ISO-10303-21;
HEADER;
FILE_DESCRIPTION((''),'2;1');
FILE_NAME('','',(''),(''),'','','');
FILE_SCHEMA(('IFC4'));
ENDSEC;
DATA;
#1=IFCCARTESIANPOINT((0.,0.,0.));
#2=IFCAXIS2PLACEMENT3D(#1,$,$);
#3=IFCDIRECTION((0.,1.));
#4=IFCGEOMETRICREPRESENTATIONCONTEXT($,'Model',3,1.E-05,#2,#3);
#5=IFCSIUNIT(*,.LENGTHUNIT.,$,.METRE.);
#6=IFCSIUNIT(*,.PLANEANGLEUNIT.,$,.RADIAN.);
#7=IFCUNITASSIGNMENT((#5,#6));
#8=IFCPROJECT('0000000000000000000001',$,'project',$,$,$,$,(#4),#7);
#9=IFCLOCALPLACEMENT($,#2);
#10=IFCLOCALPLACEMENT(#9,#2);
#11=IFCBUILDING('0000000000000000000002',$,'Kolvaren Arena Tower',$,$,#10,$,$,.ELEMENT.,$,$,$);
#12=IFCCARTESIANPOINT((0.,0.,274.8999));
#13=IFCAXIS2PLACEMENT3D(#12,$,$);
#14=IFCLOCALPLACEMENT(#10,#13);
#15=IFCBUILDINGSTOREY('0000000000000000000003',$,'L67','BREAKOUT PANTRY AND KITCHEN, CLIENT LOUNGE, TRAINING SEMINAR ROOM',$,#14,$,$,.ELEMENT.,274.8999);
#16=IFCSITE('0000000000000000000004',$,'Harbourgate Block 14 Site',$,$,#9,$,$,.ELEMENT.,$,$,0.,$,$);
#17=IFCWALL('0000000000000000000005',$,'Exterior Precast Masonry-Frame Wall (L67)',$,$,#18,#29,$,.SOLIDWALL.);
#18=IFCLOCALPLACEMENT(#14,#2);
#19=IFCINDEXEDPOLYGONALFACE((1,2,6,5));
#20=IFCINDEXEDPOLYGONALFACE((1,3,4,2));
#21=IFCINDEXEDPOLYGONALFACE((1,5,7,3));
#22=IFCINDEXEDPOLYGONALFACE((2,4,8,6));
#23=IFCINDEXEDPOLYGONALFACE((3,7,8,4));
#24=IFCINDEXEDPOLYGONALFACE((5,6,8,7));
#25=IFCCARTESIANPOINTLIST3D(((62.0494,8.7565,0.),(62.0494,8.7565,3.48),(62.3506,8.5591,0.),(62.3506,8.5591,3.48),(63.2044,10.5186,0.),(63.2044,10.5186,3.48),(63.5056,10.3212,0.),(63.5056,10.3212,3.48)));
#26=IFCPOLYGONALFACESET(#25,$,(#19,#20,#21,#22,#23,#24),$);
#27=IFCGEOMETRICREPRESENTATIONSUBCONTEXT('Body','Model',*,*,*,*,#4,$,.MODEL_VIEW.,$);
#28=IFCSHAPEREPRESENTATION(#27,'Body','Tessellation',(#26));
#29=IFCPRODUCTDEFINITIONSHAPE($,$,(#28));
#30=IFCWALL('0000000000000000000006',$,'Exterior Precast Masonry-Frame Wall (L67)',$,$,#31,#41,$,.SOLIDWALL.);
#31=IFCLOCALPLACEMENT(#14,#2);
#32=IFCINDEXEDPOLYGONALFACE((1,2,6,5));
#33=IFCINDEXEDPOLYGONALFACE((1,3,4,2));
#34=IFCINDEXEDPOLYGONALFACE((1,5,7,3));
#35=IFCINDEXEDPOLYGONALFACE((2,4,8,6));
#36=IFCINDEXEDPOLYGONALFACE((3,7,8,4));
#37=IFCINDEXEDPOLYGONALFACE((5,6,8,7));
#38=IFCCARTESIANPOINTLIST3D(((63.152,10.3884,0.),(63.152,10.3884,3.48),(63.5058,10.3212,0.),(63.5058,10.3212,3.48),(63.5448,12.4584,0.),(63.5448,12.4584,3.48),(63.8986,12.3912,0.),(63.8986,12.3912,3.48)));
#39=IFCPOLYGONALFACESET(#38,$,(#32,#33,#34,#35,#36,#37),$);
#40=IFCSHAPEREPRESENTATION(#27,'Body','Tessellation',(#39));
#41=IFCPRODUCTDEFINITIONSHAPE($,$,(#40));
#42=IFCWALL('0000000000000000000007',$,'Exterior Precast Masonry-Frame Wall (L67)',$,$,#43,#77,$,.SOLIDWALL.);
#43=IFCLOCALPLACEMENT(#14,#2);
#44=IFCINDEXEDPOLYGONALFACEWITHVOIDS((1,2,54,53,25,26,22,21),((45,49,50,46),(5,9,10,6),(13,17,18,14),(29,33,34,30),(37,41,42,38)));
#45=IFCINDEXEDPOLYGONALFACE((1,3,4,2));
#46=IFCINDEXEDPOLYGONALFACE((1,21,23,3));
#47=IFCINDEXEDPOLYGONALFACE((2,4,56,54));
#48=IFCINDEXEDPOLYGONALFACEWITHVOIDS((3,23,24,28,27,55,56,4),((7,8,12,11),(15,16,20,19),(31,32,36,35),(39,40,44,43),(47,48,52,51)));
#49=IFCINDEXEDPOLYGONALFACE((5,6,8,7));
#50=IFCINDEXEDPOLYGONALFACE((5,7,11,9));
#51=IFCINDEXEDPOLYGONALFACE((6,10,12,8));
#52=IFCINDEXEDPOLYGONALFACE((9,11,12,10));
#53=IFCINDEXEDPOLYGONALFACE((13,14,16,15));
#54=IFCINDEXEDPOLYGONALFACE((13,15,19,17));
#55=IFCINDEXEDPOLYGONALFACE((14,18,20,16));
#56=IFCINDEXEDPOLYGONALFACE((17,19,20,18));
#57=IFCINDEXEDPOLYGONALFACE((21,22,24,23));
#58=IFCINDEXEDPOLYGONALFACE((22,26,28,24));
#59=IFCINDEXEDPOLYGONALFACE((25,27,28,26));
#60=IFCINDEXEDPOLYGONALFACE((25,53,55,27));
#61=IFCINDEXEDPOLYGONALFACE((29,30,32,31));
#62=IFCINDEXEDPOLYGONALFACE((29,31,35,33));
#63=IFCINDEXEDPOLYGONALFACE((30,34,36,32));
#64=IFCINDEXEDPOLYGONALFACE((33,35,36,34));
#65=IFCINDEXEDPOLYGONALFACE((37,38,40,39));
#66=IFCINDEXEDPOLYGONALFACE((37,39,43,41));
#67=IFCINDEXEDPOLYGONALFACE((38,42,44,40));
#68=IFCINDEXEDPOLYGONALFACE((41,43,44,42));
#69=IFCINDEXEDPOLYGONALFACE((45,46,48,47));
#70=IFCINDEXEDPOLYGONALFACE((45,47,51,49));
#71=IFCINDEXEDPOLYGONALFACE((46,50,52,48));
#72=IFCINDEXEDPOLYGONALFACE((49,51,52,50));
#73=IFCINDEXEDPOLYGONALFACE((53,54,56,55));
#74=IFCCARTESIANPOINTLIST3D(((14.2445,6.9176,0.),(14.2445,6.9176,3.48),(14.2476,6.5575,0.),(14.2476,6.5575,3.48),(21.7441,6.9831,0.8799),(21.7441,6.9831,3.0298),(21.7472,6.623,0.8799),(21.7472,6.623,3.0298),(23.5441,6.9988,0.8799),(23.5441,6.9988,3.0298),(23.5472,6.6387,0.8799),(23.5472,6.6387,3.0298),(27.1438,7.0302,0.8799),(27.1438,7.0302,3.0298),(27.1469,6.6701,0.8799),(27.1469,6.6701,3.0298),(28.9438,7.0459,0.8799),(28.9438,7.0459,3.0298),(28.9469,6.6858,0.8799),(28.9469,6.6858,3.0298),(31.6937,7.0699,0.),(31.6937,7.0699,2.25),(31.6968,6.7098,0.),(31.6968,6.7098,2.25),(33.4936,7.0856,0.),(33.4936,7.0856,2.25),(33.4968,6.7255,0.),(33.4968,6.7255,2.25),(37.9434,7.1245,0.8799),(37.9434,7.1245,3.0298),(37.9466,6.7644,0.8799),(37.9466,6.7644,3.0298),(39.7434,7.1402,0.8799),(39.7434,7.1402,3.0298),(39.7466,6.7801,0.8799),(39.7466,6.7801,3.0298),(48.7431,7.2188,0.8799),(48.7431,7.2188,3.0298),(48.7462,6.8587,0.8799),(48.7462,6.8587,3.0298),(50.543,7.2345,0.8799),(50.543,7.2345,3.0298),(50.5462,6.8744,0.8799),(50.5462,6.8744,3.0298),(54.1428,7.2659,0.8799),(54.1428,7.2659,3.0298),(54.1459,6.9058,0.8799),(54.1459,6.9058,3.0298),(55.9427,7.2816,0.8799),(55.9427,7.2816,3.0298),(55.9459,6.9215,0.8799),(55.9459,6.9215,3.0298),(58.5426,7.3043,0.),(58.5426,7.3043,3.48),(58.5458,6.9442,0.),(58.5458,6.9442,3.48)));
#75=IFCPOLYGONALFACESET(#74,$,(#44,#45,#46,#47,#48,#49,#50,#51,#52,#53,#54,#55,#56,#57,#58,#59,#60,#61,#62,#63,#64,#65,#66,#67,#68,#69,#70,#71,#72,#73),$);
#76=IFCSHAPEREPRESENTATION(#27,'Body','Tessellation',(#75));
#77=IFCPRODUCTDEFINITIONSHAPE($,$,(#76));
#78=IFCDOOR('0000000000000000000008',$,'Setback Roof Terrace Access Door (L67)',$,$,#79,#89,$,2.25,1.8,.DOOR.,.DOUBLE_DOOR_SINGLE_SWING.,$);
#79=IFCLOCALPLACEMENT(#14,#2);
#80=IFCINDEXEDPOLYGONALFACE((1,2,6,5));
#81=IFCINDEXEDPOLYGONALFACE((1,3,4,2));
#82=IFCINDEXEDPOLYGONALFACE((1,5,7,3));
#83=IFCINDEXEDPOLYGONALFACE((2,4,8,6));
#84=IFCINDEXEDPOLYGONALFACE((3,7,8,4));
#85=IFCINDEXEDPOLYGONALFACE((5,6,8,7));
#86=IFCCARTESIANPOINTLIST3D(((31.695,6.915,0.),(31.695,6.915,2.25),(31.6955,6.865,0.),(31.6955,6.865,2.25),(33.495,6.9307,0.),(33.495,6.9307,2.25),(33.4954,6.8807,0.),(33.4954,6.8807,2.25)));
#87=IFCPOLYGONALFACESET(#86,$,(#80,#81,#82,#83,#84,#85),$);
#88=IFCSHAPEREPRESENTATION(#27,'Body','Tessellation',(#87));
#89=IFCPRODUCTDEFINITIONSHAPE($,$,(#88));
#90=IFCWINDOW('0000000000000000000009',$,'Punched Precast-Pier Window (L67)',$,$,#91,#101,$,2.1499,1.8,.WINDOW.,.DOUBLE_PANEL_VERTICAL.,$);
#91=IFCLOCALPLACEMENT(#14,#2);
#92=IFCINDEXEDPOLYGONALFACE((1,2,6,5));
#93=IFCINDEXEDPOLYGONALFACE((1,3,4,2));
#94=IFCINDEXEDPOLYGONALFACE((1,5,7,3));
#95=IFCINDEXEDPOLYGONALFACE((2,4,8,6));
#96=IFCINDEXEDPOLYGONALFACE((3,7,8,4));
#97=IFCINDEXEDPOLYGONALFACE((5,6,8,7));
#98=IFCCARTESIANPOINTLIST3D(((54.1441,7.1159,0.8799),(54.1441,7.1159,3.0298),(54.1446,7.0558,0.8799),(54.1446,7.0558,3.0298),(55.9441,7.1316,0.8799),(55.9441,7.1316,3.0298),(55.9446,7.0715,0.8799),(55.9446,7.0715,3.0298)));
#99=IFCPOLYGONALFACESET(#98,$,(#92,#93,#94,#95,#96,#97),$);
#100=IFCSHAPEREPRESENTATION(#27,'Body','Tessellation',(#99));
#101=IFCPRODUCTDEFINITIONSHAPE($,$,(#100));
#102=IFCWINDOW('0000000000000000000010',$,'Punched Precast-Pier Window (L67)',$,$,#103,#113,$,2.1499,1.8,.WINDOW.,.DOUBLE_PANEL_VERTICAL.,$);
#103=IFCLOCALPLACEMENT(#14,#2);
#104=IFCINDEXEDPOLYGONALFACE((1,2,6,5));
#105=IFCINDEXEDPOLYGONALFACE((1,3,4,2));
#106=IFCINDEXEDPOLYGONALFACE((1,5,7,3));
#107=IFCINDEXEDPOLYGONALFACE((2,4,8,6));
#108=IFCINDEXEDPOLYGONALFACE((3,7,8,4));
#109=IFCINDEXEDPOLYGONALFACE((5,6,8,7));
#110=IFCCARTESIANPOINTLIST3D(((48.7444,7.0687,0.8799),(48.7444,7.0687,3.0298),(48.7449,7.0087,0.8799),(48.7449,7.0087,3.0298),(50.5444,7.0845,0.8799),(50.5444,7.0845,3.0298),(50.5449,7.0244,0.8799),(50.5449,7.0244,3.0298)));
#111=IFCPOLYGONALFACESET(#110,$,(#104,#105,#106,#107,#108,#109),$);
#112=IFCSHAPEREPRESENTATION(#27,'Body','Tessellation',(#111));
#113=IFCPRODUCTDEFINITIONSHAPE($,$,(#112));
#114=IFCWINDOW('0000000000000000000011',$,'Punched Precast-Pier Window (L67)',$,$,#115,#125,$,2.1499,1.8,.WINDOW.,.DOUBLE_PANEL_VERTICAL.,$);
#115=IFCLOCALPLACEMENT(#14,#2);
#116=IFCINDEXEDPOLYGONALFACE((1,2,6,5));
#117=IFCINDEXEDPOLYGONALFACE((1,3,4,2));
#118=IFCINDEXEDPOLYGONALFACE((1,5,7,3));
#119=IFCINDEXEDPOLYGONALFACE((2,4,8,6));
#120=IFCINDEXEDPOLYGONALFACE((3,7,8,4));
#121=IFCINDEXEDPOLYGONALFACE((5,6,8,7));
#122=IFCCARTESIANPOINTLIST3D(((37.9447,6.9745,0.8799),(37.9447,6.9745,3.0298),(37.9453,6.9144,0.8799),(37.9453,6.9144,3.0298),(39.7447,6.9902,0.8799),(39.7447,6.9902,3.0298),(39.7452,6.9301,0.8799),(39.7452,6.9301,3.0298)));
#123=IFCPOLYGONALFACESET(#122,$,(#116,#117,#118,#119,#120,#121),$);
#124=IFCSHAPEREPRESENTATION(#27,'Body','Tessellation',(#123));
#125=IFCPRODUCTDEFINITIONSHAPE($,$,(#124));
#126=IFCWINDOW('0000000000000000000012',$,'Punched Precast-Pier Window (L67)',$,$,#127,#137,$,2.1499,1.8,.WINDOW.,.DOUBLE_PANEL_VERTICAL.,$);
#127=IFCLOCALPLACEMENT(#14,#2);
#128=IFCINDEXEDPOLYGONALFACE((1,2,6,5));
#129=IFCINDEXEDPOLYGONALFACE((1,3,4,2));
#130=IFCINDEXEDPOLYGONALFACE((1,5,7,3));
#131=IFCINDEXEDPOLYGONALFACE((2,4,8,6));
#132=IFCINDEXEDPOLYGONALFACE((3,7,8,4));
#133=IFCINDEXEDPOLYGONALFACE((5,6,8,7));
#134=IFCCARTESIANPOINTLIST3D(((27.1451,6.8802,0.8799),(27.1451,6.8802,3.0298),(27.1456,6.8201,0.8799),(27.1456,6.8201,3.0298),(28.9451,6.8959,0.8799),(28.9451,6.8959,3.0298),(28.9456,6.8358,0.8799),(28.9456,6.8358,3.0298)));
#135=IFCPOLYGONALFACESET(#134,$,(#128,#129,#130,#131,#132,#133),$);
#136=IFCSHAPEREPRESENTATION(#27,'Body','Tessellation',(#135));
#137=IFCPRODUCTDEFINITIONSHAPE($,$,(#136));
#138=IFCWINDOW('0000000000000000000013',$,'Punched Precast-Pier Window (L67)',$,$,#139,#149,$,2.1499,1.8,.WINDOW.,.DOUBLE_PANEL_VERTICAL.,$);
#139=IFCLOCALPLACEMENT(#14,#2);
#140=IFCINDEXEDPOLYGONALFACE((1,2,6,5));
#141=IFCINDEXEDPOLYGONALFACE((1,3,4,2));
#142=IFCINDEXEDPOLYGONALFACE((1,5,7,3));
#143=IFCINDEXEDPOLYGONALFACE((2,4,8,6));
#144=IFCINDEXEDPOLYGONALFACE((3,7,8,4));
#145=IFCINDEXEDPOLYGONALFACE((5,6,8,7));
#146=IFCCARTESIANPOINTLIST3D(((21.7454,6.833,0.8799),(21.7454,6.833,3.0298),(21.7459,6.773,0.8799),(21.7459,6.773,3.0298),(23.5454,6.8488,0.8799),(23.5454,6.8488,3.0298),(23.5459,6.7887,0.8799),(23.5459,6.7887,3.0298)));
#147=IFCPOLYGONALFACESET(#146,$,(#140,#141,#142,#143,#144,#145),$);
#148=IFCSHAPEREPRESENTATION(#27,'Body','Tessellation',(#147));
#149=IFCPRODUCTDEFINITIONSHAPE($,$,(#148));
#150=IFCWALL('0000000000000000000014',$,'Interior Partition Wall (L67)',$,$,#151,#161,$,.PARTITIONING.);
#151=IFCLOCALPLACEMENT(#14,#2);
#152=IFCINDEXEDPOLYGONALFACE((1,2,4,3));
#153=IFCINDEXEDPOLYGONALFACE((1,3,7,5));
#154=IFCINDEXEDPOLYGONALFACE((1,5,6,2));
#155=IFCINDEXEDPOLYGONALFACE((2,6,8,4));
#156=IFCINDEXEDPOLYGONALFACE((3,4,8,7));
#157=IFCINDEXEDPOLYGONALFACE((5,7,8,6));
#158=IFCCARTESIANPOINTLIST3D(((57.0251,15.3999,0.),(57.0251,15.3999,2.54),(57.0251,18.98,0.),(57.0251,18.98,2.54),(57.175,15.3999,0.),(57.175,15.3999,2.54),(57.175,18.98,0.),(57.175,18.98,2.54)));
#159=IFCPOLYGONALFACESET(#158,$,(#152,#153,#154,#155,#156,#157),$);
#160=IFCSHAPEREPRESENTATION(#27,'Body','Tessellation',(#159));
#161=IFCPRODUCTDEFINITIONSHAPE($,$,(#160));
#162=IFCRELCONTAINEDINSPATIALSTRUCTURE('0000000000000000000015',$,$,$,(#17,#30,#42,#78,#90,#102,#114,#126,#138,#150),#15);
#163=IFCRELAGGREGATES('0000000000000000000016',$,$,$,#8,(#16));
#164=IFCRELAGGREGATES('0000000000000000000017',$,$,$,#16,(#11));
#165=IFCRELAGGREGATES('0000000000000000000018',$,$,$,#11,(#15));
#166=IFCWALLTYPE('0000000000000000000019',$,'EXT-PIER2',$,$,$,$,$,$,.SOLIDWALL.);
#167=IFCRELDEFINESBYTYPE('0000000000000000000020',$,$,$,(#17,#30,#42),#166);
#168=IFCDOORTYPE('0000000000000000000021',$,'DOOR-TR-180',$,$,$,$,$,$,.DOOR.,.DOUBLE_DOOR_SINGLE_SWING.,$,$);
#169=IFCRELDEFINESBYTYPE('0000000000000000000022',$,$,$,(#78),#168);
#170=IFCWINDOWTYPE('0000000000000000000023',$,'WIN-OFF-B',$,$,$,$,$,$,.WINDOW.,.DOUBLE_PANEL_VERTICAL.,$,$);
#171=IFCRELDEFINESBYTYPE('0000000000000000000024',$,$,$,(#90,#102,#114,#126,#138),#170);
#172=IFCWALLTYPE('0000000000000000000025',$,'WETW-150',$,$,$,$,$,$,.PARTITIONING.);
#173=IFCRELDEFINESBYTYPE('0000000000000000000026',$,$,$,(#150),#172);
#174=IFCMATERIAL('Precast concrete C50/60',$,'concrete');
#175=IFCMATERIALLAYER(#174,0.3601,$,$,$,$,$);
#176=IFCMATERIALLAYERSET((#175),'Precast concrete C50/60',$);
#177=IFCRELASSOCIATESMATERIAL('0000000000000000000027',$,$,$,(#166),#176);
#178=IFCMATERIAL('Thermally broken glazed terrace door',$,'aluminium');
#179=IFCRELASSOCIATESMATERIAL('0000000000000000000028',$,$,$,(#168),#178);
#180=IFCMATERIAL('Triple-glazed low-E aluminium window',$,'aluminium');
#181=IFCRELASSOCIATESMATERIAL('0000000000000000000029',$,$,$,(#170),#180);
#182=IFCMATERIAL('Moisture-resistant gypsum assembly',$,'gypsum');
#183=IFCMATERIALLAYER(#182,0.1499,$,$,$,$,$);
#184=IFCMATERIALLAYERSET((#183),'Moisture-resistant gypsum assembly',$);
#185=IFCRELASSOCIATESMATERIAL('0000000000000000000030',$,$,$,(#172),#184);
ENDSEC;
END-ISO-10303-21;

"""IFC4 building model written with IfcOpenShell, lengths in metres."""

from ifc_helpers import new_model, si_unit, direction, frame, frame_2d, origin, place, context, subcontext, project, spatial, rectangle, extrude, material, layer, layer_set, type_object, element, fill, save


model = new_model("IFC4")

# Units and contexts
model_context = context("Model", 3, precision=1e-05, world=origin(), true_north=direction((0.0, 1.0)))
body_context = subcontext(model_context, "Body", "Model", "MODEL_VIEW")
ifc_project = project(units=[si_unit("LENGTHUNIT", "METRE"), si_unit("PLANEANGLEUNIT", "RADIAN")], contexts=[model_context])

# Site, building, storey
site_placement = place(None, origin())
site = spatial("IfcSite", under=ifc_project, at=site_placement, Name="Harbourgate Block 14 Site", CompositionType="ELEMENT", RefElevation=0.0)
building_placement = place(site_placement, origin())
building = spatial("IfcBuilding", under=site, at=building_placement, Name="Kolvaren Arena Tower", CompositionType="ELEMENT")
storey_placement = place(building_placement, frame((0.0, 0.0, 274.8999)))
storey = spatial("IfcBuildingStorey", under=building, at=storey_placement, Name="L67", Description="BREAKOUT PANTRY AND KITCHEN, CLIENT LOUNGE, TRAINING SEMINAR ROOM", CompositionType="ELEMENT", Elevation=274.8999)

# Shared definitions
ifc_material_1 = material(Name="Precast concrete C50/60", Category="concrete")

# Walls
ifc_layer_1 = layer(ifc_material_1, 0.3601)
ifc_layer_set_1 = layer_set([ifc_layer_1], Name="Precast concrete C50/60")
wall_type_1 = type_object("IfcWallType", Name="EXT-PIER2", PredefinedType="SOLIDWALL", material=ifc_layer_set_1)
for number, where, z_axis, x_axis, name in (
    (1, (63.355, 10.4199, 0.0), (0.0, 0.0, 1.0), (-0.548186, -0.836357, 0.0), "Exterior Precast Masonry-Frame Wall (L67)"),
    (2, (63.7217, 12.4248, 0.0), (0.0, 0.0, 1.0), (-0.186436, -0.982467, 0.0), "Exterior Precast Masonry-Frame Wall (L67)"),
):
    element("IfcWall", number, at=place(storey_placement, frame(where, z_axis=z_axis, x_axis=x_axis)), inside=storey, type_object=wall_type_1, Name=name, PredefinedType="SOLIDWALL", context=body_context, shape_type="SweptSolid", body=[
        extrude(rectangle(XDim=2.1069, YDim=0.3601, at=frame_2d((1.0535, 0.0))), origin(), (0.0, 0.0, 1.0), 3.48),
    ])

# Wall, openings, door, windows
wall_1_placement = place(storey_placement, frame((58.5442, 7.1243, 0.0), z_axis=(0.0, 0.0, 1.0), x_axis=(-0.999962, -0.00873, 0.0)))
wall_1 = element("IfcWall", 3, at=wall_1_placement, inside=storey, type_object=wall_type_1, Name="Exterior Precast Masonry-Frame Wall (L67)", PredefinedType="SOLIDWALL", context=body_context, shape_type="SweptSolid", body=[
    extrude(rectangle(XDim=44.2998, YDim=0.3601, at=frame_2d((22.1499, 0.0))), origin(), (0.0, 0.0, 1.0), 3.48),
])
opening_1_placement = place(wall_1_placement, frame((25.05, 0.0, 0.0)))
opening_1 = element("IfcOpeningElement", 4, at=opening_1_placement, cuts=wall_1, PredefinedType="OPENING", context=body_context, shape_type="SweptSolid", body=[
    extrude(rectangle(XDim=1.8, YDim=2.25, at=frame_2d((0.8999, 1.125))), frame((0.0, 0.1899, 0.0), z_axis=(0.0, -1.0, 0.0), x_axis=(1.0, 0.0, 0.0)), (0.0, 0.0, 1.0), 0.3801),
])
opening_2_placement = place(wall_1_placement, frame((2.6001, 0.0, 0.8799)))
opening_2 = element("IfcOpeningElement", 5, at=opening_2_placement, cuts=wall_1, PredefinedType="OPENING", context=body_context, shape_type="SweptSolid", body=[
    extrude(rectangle(XDim=1.8, YDim=2.1499, at=frame_2d((0.8999, 1.075))), frame((0.0, 0.1899, 0.0), z_axis=(0.0, -1.0, 0.0), x_axis=(1.0, 0.0, 0.0)), (0.0, 0.0, 1.0), 0.3801),
])
opening_3_placement = place(wall_1_placement, frame((8.0, 0.0, 0.8799)))
opening_3 = element("IfcOpeningElement", 6, at=opening_3_placement, cuts=wall_1, PredefinedType="OPENING", context=body_context, shape_type="SweptSolid", body=[
    extrude(rectangle(XDim=1.8, YDim=2.1499, at=frame_2d((0.8999, 1.075))), frame((0.0, 0.1899, 0.0), z_axis=(0.0, -1.0, 0.0), x_axis=(1.0, 0.0, 0.0)), (0.0, 0.0, 1.0), 0.3801),
])
opening_4_placement = place(wall_1_placement, frame((18.8, 0.0, 0.8799)))
opening_4 = element("IfcOpeningElement", 7, at=opening_4_placement, cuts=wall_1, PredefinedType="OPENING", context=body_context, shape_type="SweptSolid", body=[
    extrude(rectangle(XDim=1.8, YDim=2.1499, at=frame_2d((0.8999, 1.075))), frame((0.0, 0.1899, 0.0), z_axis=(0.0, -1.0, 0.0), x_axis=(1.0, 0.0, 0.0)), (0.0, 0.0, 1.0), 0.3801),
])
opening_5_placement = place(wall_1_placement, frame((29.6001, 0.0, 0.8799)))
opening_5 = element("IfcOpeningElement", 8, at=opening_5_placement, cuts=wall_1, PredefinedType="OPENING", context=body_context, shape_type="SweptSolid", body=[
    extrude(rectangle(XDim=1.8, YDim=2.1499, at=frame_2d((0.8999, 1.075))), frame((0.0, 0.1899, 0.0), z_axis=(0.0, -1.0, 0.0), x_axis=(1.0, 0.0, 0.0)), (0.0, 0.0, 1.0), 0.3801),
])
opening_6_placement = place(wall_1_placement, frame((35.0, 0.0, 0.8799)))
opening_6 = element("IfcOpeningElement", 9, at=opening_6_placement, cuts=wall_1, PredefinedType="OPENING", context=body_context, shape_type="SweptSolid", body=[
    extrude(rectangle(XDim=1.8, YDim=2.1499, at=frame_2d((0.8999, 1.075))), frame((0.0, 0.1899, 0.0), z_axis=(0.0, -1.0, 0.0), x_axis=(1.0, 0.0, 0.0)), (0.0, 0.0, 1.0), 0.3801),
])
ifc_material_2 = material(Name="Thermally broken glazed terrace door", Category="aluminium")
door_type_1 = type_object("IfcDoorType", Name="DOOR-TR-180", OperationType="DOUBLE_DOOR_SINGLE_SWING", PredefinedType="DOOR", material=ifc_material_2)
door_1_placement = place(opening_1_placement, origin())
door_1 = element("IfcDoor", 10, at=door_1_placement, inside=storey, type_object=door_type_1, Name="Setback Roof Terrace Access Door (L67)", OperationType="DOUBLE_DOOR_SINGLE_SWING", OverallHeight=2.25, OverallWidth=1.8, PredefinedType="DOOR", context=body_context, shape_type="SweptSolid", body=[
    extrude(rectangle(XDim=1.8, YDim=2.25, at=frame_2d((0.8999, 1.125))), frame((0.0, 0.0249, 0.0), z_axis=(0.0, -1.0, 0.0), x_axis=(1.0, 0.0, 0.0)), (0.0, 0.0, 1.0), 0.05),
])
fill(opening_1, door_1)
ifc_material_3 = material(Name="Triple-glazed low-E aluminium window", Category="aluminium")
window_type = type_object("IfcWindowType", Name="WIN-OFF-B", PartitioningType="DOUBLE_PANEL_VERTICAL", PredefinedType="WINDOW", material=ifc_material_3)
window_1_placement = place(opening_2_placement, origin())
window_1 = element("IfcWindow", 11, at=window_1_placement, inside=storey, type_object=window_type, Name="Punched Precast-Pier Window (L67)", OverallHeight=2.1499, OverallWidth=1.8, PartitioningType="DOUBLE_PANEL_VERTICAL", PredefinedType="WINDOW", context=body_context, shape_type="SweptSolid", body=[
    extrude(rectangle(XDim=1.8, YDim=2.1499, at=frame_2d((0.8999, 1.075))), frame((0.0, 0.03, 0.0), z_axis=(0.0, -1.0, 0.0), x_axis=(1.0, 0.0, 0.0)), (0.0, 0.0, 1.0), 0.0601),
])
fill(opening_2, window_1)
window_2_placement = place(opening_3_placement, origin())
window_2 = element("IfcWindow", 12, at=window_2_placement, inside=storey, type_object=window_type, Name="Punched Precast-Pier Window (L67)", OverallHeight=2.1499, OverallWidth=1.8, PartitioningType="DOUBLE_PANEL_VERTICAL", PredefinedType="WINDOW", context=body_context, shape_type="SweptSolid", body=[
    extrude(rectangle(XDim=1.8, YDim=2.1499, at=frame_2d((0.8999, 1.075))), frame((0.0, 0.03, 0.0), z_axis=(0.0, -1.0, 0.0), x_axis=(1.0, 0.0, 0.0)), (0.0, 0.0, 1.0), 0.0601),
])
fill(opening_3, window_2)
window_3_placement = place(opening_4_placement, origin())
window_3 = element("IfcWindow", 13, at=window_3_placement, inside=storey, type_object=window_type, Name="Punched Precast-Pier Window (L67)", OverallHeight=2.1499, OverallWidth=1.8, PartitioningType="DOUBLE_PANEL_VERTICAL", PredefinedType="WINDOW", context=body_context, shape_type="SweptSolid", body=[
    extrude(rectangle(XDim=1.8, YDim=2.1499, at=frame_2d((0.8999, 1.075))), frame((0.0, 0.03, 0.0), z_axis=(0.0, -1.0, 0.0), x_axis=(1.0, 0.0, 0.0)), (0.0, 0.0, 1.0), 0.0601),
])
fill(opening_4, window_3)
window_4_placement = place(opening_5_placement, origin())
window_4 = element("IfcWindow", 14, at=window_4_placement, inside=storey, type_object=window_type, Name="Punched Precast-Pier Window (L67)", OverallHeight=2.1499, OverallWidth=1.8, PartitioningType="DOUBLE_PANEL_VERTICAL", PredefinedType="WINDOW", context=body_context, shape_type="SweptSolid", body=[
    extrude(rectangle(XDim=1.8, YDim=2.1499, at=frame_2d((0.8999, 1.075))), frame((0.0, 0.03, 0.0), z_axis=(0.0, -1.0, 0.0), x_axis=(1.0, 0.0, 0.0)), (0.0, 0.0, 1.0), 0.0601),
])
fill(opening_5, window_4)
window_5_placement = place(opening_6_placement, origin())
window_5 = element("IfcWindow", 15, at=window_5_placement, inside=storey, type_object=window_type, Name="Punched Precast-Pier Window (L67)", OverallHeight=2.1499, OverallWidth=1.8, PartitioningType="DOUBLE_PANEL_VERTICAL", PredefinedType="WINDOW", context=body_context, shape_type="SweptSolid", body=[
    extrude(rectangle(XDim=1.8, YDim=2.1499, at=frame_2d((0.8999, 1.075))), frame((0.0, 0.03, 0.0), z_axis=(0.0, -1.0, 0.0), x_axis=(1.0, 0.0, 0.0)), (0.0, 0.0, 1.0), 0.0601),
])
fill(opening_6, window_5)

# Wall
ifc_material_4 = material(Name="Moisture-resistant gypsum assembly", Category="gypsum")
ifc_layer_2 = layer(ifc_material_4, 0.1499)
ifc_layer_set_2 = layer_set([ifc_layer_2], Name="Moisture-resistant gypsum assembly")
wall_type_2 = type_object("IfcWallType", Name="WETW-150", PredefinedType="PARTITIONING", material=ifc_layer_set_2)
for number, where, z_axis, x_axis, name in (
    (16, (57.1001, 15.3999, 0.0), (0.0, 0.0, 1.0), (0.0, 1.0, 0.0), "Interior Partition Wall (L67)"),
):
    element("IfcWall", number, at=place(storey_placement, frame(where, z_axis=z_axis, x_axis=x_axis)), inside=storey, type_object=wall_type_2, Name=name, PredefinedType="PARTITIONING", context=body_context, shape_type="SweptSolid", body=[
        extrude(rectangle(XDim=3.5801, YDim=0.1499, at=frame_2d((1.79, 0.0))), origin(), (0.0, 0.0, 1.0), 2.54),
    ])

save(model, "model.ifc")
